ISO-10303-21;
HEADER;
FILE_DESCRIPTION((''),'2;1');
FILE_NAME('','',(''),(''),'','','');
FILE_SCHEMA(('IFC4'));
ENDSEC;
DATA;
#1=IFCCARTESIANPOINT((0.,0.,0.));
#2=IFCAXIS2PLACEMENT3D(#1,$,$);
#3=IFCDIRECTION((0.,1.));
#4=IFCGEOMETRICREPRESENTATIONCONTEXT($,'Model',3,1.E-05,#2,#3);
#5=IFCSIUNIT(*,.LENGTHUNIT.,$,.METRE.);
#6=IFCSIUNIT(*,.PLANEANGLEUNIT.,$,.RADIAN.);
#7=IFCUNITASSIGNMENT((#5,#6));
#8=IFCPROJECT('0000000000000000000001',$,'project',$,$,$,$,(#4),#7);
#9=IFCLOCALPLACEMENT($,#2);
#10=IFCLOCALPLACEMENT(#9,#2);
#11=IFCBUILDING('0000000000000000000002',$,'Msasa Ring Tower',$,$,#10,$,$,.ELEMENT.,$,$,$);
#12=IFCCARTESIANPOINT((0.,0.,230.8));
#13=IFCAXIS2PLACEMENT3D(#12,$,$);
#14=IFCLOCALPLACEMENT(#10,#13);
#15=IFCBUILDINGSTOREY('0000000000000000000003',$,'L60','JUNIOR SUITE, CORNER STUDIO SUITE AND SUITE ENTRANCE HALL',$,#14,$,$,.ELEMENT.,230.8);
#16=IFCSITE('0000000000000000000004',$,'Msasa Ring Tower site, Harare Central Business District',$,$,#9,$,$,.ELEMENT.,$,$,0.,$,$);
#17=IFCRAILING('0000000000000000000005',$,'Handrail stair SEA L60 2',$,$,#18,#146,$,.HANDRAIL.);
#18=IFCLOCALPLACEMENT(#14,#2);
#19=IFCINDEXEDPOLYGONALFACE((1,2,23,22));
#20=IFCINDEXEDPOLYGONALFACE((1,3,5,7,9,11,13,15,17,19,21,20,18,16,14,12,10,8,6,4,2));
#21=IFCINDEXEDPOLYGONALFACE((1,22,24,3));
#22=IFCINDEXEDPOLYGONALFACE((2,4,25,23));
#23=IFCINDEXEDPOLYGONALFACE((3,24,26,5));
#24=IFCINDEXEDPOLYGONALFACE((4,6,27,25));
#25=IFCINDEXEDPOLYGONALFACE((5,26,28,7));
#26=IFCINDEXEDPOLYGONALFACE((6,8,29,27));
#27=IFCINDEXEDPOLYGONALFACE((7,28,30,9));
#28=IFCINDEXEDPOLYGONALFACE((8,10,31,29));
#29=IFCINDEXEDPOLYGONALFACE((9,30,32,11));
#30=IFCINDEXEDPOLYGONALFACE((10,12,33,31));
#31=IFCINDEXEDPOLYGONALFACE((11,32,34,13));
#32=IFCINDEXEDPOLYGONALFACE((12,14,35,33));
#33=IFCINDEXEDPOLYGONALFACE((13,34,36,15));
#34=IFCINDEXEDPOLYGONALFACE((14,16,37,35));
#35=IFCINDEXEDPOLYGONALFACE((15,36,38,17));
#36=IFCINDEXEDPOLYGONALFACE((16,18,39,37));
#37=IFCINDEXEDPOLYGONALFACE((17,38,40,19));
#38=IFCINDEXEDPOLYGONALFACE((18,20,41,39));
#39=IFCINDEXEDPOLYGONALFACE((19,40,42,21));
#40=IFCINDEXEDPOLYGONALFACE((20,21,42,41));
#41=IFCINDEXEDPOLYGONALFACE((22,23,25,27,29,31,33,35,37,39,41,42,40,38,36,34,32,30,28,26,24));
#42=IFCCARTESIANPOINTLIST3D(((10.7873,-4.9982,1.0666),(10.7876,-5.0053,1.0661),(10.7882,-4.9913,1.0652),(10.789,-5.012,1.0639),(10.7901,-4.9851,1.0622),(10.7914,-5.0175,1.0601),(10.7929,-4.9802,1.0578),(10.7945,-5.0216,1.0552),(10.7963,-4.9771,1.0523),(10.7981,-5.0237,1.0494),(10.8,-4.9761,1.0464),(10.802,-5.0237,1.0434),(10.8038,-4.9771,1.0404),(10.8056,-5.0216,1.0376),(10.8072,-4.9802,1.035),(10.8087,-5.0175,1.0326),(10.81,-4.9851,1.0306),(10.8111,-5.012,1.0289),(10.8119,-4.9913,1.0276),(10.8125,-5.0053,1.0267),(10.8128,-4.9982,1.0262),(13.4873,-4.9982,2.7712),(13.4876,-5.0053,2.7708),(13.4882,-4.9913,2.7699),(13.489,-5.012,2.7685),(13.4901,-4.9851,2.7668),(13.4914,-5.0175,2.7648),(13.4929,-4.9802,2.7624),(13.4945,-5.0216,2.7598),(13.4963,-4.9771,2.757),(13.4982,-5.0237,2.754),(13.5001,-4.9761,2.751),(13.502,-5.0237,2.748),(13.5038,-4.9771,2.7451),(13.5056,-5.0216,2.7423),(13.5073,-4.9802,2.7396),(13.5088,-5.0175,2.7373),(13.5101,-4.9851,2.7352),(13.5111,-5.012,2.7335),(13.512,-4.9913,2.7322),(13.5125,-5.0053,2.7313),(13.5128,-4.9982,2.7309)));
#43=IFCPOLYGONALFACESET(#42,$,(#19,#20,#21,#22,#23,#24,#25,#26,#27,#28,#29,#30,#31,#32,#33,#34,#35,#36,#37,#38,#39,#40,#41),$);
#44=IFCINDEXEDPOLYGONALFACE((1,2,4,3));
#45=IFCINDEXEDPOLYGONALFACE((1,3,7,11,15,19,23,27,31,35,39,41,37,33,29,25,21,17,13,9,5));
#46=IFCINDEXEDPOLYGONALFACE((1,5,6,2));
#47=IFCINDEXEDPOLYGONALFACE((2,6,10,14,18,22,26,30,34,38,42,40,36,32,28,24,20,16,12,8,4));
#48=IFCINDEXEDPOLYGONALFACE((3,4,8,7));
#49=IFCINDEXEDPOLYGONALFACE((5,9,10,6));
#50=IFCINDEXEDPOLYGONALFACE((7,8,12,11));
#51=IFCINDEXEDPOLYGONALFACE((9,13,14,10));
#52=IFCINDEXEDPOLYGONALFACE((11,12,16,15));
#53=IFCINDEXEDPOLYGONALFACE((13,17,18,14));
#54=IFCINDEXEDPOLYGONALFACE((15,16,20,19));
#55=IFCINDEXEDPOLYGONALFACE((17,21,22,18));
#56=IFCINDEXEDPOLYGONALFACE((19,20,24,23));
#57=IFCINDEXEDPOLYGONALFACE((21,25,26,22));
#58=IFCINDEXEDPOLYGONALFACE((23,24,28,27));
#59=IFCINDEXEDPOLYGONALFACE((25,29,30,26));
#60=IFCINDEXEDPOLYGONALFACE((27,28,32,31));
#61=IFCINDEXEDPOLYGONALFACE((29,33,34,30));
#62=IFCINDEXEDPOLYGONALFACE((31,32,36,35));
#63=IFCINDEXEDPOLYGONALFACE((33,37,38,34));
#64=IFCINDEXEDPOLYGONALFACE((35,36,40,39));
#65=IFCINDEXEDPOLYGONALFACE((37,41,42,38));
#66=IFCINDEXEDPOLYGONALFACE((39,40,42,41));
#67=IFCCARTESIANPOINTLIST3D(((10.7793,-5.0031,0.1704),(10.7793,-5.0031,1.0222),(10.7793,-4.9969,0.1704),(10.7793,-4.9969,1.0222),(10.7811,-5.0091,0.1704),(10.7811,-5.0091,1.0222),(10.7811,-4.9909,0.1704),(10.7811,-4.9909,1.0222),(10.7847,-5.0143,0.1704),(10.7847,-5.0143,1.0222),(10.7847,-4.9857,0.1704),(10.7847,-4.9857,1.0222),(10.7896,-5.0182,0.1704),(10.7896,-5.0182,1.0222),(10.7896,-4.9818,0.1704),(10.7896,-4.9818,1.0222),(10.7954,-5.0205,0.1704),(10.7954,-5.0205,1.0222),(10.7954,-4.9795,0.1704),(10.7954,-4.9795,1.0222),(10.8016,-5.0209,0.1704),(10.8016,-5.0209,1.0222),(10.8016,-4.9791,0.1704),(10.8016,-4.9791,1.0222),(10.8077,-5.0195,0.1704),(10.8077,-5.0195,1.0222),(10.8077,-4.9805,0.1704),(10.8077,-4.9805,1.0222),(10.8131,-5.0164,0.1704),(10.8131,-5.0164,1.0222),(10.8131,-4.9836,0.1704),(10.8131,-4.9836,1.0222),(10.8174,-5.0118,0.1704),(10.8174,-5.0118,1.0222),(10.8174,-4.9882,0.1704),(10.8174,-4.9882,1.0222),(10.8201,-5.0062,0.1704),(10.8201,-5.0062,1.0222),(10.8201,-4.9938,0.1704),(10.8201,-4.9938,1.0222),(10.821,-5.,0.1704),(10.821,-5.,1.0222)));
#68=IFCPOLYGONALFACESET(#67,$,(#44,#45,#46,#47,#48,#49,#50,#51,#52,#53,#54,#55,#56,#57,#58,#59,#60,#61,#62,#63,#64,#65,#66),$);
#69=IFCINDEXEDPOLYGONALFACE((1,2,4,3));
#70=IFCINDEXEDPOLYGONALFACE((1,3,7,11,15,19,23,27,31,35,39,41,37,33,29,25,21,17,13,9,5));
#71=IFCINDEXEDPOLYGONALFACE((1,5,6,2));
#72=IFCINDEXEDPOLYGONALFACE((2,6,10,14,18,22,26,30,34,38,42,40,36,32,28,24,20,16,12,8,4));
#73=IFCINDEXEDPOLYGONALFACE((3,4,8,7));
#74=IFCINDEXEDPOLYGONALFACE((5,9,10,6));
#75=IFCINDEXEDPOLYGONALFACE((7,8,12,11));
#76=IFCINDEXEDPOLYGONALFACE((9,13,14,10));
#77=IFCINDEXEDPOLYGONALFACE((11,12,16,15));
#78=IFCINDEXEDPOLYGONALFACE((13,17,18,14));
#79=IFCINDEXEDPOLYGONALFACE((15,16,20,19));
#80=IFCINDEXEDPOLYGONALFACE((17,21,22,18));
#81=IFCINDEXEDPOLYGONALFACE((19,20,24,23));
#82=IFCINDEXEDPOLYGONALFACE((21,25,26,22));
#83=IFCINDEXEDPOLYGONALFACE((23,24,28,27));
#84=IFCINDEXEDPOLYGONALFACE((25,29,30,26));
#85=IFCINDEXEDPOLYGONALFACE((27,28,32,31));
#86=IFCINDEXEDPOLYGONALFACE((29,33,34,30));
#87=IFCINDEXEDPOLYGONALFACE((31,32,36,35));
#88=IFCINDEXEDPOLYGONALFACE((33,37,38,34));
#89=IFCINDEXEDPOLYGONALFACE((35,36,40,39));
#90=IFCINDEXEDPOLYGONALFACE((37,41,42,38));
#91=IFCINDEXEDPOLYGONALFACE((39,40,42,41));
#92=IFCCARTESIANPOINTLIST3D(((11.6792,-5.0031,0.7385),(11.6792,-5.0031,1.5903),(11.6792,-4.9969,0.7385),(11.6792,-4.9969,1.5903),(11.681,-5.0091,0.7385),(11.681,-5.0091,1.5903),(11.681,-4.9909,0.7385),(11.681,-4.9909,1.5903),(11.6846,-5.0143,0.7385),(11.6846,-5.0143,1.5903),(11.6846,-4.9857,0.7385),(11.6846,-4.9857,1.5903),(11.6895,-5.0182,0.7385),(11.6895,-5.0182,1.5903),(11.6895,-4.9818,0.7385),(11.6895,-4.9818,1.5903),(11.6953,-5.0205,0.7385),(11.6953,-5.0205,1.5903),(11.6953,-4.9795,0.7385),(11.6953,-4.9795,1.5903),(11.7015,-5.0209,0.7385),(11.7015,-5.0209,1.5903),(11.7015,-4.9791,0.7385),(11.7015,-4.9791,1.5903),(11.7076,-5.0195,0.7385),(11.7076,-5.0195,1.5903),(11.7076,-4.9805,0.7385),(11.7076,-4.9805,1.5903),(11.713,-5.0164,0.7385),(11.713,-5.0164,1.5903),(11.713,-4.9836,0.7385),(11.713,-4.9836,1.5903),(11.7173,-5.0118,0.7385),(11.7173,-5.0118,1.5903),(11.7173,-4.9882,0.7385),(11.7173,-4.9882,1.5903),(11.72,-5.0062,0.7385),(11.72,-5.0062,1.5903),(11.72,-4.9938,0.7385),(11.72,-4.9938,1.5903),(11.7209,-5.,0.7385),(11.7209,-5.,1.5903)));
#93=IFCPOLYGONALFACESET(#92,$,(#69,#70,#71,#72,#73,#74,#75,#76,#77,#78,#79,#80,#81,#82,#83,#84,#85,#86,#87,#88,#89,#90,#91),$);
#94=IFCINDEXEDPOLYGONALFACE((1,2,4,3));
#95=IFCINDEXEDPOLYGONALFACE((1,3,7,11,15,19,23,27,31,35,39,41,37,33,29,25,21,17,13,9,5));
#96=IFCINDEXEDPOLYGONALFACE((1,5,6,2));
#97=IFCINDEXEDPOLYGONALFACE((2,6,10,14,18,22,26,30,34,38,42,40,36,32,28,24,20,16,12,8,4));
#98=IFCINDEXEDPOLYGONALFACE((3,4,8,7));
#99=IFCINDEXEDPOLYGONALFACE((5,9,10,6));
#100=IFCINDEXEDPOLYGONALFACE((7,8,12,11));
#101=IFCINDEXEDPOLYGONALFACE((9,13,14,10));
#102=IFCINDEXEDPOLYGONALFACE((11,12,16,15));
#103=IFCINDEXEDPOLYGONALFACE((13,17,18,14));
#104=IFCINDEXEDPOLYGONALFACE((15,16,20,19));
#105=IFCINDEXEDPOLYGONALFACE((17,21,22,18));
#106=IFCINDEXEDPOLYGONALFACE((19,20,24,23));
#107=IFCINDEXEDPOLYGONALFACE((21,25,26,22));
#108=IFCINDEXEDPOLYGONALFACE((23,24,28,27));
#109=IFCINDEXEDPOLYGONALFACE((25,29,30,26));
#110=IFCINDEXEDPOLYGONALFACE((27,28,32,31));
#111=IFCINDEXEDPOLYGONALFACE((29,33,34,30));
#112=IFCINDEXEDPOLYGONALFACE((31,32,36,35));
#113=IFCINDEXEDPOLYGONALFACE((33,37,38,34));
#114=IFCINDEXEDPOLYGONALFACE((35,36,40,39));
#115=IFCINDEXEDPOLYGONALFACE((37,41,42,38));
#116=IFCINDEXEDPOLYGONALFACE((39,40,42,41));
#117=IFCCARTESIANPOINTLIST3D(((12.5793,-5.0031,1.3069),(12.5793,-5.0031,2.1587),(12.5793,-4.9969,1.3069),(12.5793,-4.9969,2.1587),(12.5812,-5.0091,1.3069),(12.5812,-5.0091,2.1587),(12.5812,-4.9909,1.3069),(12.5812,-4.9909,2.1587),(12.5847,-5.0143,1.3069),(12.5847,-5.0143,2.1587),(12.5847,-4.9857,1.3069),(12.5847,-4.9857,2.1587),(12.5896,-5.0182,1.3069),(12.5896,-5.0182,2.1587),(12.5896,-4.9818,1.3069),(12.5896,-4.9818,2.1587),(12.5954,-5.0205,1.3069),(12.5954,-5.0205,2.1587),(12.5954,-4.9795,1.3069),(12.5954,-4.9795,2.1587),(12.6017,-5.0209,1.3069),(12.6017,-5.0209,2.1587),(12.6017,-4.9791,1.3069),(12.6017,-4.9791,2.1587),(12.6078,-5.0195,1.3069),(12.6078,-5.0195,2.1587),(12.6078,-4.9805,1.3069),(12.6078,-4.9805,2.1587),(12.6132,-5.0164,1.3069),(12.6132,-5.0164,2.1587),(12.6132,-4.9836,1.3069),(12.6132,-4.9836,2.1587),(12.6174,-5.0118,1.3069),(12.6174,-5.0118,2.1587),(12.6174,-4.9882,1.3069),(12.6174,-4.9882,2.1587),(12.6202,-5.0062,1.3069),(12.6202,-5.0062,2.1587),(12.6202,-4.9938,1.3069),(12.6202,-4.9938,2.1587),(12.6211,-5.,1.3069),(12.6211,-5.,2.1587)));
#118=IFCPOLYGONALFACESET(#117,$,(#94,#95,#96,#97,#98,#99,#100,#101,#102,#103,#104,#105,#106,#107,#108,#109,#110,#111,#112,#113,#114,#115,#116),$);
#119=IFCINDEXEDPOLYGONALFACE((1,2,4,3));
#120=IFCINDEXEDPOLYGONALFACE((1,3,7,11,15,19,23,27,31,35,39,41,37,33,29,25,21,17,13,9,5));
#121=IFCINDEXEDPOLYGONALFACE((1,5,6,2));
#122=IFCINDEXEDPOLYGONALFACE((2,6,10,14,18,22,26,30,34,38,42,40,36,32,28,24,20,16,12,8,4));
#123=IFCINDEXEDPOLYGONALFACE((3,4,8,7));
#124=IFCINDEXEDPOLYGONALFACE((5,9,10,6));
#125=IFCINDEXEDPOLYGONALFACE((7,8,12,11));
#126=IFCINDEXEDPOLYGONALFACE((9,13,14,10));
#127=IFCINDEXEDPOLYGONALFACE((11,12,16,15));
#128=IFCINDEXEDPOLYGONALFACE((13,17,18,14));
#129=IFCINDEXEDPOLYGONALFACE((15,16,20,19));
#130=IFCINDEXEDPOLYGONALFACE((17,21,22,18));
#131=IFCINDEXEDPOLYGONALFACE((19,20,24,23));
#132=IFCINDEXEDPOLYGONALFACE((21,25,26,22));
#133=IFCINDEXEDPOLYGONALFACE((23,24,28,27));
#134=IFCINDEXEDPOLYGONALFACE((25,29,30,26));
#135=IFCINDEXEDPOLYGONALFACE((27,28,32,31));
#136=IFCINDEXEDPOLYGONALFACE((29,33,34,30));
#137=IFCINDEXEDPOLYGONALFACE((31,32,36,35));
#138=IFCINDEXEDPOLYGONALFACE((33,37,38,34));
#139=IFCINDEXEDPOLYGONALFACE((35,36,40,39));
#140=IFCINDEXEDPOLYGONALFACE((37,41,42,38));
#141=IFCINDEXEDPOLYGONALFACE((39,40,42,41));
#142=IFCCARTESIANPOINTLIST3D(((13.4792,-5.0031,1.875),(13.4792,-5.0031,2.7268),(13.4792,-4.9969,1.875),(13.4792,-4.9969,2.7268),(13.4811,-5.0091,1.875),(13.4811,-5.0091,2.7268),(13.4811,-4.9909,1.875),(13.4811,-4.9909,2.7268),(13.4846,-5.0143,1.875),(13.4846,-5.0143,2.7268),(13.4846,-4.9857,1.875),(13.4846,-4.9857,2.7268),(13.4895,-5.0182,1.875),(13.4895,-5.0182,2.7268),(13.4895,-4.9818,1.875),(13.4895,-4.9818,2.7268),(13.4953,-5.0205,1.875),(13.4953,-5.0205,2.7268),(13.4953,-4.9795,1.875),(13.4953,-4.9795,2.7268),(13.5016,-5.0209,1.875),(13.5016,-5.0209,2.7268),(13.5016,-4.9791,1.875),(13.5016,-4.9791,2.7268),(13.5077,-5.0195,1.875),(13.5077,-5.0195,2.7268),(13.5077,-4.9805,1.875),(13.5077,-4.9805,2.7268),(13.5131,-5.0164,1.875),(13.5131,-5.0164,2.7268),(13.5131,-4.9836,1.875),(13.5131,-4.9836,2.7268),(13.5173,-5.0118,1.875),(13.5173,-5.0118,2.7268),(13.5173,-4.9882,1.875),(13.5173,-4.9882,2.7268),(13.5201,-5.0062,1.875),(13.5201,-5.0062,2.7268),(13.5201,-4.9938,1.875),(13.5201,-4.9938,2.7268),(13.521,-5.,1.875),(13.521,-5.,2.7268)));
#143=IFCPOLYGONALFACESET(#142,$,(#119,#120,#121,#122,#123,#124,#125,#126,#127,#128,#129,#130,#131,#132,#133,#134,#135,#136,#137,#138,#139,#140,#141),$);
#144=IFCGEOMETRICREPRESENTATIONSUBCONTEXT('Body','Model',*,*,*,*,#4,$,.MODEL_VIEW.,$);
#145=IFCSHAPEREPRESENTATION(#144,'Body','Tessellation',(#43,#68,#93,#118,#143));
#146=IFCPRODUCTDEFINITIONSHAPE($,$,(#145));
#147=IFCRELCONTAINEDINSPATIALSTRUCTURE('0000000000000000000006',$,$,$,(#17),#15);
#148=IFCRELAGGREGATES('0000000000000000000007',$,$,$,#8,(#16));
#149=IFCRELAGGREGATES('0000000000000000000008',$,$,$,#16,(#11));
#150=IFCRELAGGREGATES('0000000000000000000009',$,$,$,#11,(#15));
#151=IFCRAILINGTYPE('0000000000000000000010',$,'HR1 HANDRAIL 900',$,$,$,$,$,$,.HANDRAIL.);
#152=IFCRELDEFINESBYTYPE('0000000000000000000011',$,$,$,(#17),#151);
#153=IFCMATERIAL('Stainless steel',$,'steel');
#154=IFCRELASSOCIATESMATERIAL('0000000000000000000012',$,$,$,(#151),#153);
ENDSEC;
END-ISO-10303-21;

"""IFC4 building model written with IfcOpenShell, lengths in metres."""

from ifc_helpers import new_model, si_unit, direction, frame, origin, origin_2d, place, context, subcontext, project, spatial, circle, extrude, material, type_object, element, save


model = new_model("IFC4")

# Units and contexts
model_context = context("Model", 3, precision=1e-05, world=origin(), true_north=direction((0.0, 1.0)))
body_context = subcontext(model_context, "Body", "Model", "MODEL_VIEW")
ifc_project = project(units=[si_unit("LENGTHUNIT", "METRE"), si_unit("PLANEANGLEUNIT", "RADIAN")], contexts=[model_context])

# Site, building, storey
site_placement = place(None, origin())
site = spatial("IfcSite", under=ifc_project, at=site_placement, Name="Msasa Ring Tower site, Harare Central Business District", CompositionType="ELEMENT", RefElevation=0.0)
building_placement = place(site_placement, origin())
building = spatial("IfcBuilding", under=site, at=building_placement, Name="Msasa Ring Tower", CompositionType="ELEMENT")
storey_placement = place(building_placement, frame((0.0, 0.0, 230.8)))
storey = spatial("IfcBuildingStorey", under=building, at=storey_placement, Name="L60", Description="JUNIOR SUITE, CORNER STUDIO SUITE AND SUITE ENTRANCE HALL", CompositionType="ELEMENT", Elevation=230.8)

# Railing
ifc_material_1 = material(Name="Stainless steel", Category="steel")
railing_type = type_object("IfcRailingType", Name="HR1 HANDRAIL 900", PredefinedType="HANDRAIL", material=ifc_material_1)
railing_placement = place(storey_placement, frame((10.8, -5.0, 0.1704)))
element("IfcRailing", 1, at=railing_placement, inside=storey, type_object=railing_type, Name="Handrail stair SEA L60 2", PredefinedType="HANDRAIL", context=body_context, shape_type="SweptSolid", body=[
    extrude(circle(Radius=0.0239, at=origin_2d()), frame((0.0, 0.0, 0.876), z_axis=(0.84558, 0.0, 0.533849), x_axis=(0.0, 1.0, 0.0)), (0.0, 0.0, 1.0), 3.1931),
    extrude(circle(Radius=0.021, at=origin_2d()), origin(), (0.0, 0.0, 1.0), 0.8518),
    extrude(circle(Radius=0.021, at=origin_2d()), frame((0.8999, 0.0, 0.5681)), (0.0, 0.0, 1.0), 0.8518),
    extrude(circle(Radius=0.021, at=origin_2d()), frame((1.8, 0.0, 1.1365)), (0.0, 0.0, 1.0), 0.8518),
    extrude(circle(Radius=0.021, at=origin_2d()), frame((2.7, 0.0, 1.7046)), (0.0, 0.0, 1.0), 0.8518),
])

save(model, "model.ifc")
